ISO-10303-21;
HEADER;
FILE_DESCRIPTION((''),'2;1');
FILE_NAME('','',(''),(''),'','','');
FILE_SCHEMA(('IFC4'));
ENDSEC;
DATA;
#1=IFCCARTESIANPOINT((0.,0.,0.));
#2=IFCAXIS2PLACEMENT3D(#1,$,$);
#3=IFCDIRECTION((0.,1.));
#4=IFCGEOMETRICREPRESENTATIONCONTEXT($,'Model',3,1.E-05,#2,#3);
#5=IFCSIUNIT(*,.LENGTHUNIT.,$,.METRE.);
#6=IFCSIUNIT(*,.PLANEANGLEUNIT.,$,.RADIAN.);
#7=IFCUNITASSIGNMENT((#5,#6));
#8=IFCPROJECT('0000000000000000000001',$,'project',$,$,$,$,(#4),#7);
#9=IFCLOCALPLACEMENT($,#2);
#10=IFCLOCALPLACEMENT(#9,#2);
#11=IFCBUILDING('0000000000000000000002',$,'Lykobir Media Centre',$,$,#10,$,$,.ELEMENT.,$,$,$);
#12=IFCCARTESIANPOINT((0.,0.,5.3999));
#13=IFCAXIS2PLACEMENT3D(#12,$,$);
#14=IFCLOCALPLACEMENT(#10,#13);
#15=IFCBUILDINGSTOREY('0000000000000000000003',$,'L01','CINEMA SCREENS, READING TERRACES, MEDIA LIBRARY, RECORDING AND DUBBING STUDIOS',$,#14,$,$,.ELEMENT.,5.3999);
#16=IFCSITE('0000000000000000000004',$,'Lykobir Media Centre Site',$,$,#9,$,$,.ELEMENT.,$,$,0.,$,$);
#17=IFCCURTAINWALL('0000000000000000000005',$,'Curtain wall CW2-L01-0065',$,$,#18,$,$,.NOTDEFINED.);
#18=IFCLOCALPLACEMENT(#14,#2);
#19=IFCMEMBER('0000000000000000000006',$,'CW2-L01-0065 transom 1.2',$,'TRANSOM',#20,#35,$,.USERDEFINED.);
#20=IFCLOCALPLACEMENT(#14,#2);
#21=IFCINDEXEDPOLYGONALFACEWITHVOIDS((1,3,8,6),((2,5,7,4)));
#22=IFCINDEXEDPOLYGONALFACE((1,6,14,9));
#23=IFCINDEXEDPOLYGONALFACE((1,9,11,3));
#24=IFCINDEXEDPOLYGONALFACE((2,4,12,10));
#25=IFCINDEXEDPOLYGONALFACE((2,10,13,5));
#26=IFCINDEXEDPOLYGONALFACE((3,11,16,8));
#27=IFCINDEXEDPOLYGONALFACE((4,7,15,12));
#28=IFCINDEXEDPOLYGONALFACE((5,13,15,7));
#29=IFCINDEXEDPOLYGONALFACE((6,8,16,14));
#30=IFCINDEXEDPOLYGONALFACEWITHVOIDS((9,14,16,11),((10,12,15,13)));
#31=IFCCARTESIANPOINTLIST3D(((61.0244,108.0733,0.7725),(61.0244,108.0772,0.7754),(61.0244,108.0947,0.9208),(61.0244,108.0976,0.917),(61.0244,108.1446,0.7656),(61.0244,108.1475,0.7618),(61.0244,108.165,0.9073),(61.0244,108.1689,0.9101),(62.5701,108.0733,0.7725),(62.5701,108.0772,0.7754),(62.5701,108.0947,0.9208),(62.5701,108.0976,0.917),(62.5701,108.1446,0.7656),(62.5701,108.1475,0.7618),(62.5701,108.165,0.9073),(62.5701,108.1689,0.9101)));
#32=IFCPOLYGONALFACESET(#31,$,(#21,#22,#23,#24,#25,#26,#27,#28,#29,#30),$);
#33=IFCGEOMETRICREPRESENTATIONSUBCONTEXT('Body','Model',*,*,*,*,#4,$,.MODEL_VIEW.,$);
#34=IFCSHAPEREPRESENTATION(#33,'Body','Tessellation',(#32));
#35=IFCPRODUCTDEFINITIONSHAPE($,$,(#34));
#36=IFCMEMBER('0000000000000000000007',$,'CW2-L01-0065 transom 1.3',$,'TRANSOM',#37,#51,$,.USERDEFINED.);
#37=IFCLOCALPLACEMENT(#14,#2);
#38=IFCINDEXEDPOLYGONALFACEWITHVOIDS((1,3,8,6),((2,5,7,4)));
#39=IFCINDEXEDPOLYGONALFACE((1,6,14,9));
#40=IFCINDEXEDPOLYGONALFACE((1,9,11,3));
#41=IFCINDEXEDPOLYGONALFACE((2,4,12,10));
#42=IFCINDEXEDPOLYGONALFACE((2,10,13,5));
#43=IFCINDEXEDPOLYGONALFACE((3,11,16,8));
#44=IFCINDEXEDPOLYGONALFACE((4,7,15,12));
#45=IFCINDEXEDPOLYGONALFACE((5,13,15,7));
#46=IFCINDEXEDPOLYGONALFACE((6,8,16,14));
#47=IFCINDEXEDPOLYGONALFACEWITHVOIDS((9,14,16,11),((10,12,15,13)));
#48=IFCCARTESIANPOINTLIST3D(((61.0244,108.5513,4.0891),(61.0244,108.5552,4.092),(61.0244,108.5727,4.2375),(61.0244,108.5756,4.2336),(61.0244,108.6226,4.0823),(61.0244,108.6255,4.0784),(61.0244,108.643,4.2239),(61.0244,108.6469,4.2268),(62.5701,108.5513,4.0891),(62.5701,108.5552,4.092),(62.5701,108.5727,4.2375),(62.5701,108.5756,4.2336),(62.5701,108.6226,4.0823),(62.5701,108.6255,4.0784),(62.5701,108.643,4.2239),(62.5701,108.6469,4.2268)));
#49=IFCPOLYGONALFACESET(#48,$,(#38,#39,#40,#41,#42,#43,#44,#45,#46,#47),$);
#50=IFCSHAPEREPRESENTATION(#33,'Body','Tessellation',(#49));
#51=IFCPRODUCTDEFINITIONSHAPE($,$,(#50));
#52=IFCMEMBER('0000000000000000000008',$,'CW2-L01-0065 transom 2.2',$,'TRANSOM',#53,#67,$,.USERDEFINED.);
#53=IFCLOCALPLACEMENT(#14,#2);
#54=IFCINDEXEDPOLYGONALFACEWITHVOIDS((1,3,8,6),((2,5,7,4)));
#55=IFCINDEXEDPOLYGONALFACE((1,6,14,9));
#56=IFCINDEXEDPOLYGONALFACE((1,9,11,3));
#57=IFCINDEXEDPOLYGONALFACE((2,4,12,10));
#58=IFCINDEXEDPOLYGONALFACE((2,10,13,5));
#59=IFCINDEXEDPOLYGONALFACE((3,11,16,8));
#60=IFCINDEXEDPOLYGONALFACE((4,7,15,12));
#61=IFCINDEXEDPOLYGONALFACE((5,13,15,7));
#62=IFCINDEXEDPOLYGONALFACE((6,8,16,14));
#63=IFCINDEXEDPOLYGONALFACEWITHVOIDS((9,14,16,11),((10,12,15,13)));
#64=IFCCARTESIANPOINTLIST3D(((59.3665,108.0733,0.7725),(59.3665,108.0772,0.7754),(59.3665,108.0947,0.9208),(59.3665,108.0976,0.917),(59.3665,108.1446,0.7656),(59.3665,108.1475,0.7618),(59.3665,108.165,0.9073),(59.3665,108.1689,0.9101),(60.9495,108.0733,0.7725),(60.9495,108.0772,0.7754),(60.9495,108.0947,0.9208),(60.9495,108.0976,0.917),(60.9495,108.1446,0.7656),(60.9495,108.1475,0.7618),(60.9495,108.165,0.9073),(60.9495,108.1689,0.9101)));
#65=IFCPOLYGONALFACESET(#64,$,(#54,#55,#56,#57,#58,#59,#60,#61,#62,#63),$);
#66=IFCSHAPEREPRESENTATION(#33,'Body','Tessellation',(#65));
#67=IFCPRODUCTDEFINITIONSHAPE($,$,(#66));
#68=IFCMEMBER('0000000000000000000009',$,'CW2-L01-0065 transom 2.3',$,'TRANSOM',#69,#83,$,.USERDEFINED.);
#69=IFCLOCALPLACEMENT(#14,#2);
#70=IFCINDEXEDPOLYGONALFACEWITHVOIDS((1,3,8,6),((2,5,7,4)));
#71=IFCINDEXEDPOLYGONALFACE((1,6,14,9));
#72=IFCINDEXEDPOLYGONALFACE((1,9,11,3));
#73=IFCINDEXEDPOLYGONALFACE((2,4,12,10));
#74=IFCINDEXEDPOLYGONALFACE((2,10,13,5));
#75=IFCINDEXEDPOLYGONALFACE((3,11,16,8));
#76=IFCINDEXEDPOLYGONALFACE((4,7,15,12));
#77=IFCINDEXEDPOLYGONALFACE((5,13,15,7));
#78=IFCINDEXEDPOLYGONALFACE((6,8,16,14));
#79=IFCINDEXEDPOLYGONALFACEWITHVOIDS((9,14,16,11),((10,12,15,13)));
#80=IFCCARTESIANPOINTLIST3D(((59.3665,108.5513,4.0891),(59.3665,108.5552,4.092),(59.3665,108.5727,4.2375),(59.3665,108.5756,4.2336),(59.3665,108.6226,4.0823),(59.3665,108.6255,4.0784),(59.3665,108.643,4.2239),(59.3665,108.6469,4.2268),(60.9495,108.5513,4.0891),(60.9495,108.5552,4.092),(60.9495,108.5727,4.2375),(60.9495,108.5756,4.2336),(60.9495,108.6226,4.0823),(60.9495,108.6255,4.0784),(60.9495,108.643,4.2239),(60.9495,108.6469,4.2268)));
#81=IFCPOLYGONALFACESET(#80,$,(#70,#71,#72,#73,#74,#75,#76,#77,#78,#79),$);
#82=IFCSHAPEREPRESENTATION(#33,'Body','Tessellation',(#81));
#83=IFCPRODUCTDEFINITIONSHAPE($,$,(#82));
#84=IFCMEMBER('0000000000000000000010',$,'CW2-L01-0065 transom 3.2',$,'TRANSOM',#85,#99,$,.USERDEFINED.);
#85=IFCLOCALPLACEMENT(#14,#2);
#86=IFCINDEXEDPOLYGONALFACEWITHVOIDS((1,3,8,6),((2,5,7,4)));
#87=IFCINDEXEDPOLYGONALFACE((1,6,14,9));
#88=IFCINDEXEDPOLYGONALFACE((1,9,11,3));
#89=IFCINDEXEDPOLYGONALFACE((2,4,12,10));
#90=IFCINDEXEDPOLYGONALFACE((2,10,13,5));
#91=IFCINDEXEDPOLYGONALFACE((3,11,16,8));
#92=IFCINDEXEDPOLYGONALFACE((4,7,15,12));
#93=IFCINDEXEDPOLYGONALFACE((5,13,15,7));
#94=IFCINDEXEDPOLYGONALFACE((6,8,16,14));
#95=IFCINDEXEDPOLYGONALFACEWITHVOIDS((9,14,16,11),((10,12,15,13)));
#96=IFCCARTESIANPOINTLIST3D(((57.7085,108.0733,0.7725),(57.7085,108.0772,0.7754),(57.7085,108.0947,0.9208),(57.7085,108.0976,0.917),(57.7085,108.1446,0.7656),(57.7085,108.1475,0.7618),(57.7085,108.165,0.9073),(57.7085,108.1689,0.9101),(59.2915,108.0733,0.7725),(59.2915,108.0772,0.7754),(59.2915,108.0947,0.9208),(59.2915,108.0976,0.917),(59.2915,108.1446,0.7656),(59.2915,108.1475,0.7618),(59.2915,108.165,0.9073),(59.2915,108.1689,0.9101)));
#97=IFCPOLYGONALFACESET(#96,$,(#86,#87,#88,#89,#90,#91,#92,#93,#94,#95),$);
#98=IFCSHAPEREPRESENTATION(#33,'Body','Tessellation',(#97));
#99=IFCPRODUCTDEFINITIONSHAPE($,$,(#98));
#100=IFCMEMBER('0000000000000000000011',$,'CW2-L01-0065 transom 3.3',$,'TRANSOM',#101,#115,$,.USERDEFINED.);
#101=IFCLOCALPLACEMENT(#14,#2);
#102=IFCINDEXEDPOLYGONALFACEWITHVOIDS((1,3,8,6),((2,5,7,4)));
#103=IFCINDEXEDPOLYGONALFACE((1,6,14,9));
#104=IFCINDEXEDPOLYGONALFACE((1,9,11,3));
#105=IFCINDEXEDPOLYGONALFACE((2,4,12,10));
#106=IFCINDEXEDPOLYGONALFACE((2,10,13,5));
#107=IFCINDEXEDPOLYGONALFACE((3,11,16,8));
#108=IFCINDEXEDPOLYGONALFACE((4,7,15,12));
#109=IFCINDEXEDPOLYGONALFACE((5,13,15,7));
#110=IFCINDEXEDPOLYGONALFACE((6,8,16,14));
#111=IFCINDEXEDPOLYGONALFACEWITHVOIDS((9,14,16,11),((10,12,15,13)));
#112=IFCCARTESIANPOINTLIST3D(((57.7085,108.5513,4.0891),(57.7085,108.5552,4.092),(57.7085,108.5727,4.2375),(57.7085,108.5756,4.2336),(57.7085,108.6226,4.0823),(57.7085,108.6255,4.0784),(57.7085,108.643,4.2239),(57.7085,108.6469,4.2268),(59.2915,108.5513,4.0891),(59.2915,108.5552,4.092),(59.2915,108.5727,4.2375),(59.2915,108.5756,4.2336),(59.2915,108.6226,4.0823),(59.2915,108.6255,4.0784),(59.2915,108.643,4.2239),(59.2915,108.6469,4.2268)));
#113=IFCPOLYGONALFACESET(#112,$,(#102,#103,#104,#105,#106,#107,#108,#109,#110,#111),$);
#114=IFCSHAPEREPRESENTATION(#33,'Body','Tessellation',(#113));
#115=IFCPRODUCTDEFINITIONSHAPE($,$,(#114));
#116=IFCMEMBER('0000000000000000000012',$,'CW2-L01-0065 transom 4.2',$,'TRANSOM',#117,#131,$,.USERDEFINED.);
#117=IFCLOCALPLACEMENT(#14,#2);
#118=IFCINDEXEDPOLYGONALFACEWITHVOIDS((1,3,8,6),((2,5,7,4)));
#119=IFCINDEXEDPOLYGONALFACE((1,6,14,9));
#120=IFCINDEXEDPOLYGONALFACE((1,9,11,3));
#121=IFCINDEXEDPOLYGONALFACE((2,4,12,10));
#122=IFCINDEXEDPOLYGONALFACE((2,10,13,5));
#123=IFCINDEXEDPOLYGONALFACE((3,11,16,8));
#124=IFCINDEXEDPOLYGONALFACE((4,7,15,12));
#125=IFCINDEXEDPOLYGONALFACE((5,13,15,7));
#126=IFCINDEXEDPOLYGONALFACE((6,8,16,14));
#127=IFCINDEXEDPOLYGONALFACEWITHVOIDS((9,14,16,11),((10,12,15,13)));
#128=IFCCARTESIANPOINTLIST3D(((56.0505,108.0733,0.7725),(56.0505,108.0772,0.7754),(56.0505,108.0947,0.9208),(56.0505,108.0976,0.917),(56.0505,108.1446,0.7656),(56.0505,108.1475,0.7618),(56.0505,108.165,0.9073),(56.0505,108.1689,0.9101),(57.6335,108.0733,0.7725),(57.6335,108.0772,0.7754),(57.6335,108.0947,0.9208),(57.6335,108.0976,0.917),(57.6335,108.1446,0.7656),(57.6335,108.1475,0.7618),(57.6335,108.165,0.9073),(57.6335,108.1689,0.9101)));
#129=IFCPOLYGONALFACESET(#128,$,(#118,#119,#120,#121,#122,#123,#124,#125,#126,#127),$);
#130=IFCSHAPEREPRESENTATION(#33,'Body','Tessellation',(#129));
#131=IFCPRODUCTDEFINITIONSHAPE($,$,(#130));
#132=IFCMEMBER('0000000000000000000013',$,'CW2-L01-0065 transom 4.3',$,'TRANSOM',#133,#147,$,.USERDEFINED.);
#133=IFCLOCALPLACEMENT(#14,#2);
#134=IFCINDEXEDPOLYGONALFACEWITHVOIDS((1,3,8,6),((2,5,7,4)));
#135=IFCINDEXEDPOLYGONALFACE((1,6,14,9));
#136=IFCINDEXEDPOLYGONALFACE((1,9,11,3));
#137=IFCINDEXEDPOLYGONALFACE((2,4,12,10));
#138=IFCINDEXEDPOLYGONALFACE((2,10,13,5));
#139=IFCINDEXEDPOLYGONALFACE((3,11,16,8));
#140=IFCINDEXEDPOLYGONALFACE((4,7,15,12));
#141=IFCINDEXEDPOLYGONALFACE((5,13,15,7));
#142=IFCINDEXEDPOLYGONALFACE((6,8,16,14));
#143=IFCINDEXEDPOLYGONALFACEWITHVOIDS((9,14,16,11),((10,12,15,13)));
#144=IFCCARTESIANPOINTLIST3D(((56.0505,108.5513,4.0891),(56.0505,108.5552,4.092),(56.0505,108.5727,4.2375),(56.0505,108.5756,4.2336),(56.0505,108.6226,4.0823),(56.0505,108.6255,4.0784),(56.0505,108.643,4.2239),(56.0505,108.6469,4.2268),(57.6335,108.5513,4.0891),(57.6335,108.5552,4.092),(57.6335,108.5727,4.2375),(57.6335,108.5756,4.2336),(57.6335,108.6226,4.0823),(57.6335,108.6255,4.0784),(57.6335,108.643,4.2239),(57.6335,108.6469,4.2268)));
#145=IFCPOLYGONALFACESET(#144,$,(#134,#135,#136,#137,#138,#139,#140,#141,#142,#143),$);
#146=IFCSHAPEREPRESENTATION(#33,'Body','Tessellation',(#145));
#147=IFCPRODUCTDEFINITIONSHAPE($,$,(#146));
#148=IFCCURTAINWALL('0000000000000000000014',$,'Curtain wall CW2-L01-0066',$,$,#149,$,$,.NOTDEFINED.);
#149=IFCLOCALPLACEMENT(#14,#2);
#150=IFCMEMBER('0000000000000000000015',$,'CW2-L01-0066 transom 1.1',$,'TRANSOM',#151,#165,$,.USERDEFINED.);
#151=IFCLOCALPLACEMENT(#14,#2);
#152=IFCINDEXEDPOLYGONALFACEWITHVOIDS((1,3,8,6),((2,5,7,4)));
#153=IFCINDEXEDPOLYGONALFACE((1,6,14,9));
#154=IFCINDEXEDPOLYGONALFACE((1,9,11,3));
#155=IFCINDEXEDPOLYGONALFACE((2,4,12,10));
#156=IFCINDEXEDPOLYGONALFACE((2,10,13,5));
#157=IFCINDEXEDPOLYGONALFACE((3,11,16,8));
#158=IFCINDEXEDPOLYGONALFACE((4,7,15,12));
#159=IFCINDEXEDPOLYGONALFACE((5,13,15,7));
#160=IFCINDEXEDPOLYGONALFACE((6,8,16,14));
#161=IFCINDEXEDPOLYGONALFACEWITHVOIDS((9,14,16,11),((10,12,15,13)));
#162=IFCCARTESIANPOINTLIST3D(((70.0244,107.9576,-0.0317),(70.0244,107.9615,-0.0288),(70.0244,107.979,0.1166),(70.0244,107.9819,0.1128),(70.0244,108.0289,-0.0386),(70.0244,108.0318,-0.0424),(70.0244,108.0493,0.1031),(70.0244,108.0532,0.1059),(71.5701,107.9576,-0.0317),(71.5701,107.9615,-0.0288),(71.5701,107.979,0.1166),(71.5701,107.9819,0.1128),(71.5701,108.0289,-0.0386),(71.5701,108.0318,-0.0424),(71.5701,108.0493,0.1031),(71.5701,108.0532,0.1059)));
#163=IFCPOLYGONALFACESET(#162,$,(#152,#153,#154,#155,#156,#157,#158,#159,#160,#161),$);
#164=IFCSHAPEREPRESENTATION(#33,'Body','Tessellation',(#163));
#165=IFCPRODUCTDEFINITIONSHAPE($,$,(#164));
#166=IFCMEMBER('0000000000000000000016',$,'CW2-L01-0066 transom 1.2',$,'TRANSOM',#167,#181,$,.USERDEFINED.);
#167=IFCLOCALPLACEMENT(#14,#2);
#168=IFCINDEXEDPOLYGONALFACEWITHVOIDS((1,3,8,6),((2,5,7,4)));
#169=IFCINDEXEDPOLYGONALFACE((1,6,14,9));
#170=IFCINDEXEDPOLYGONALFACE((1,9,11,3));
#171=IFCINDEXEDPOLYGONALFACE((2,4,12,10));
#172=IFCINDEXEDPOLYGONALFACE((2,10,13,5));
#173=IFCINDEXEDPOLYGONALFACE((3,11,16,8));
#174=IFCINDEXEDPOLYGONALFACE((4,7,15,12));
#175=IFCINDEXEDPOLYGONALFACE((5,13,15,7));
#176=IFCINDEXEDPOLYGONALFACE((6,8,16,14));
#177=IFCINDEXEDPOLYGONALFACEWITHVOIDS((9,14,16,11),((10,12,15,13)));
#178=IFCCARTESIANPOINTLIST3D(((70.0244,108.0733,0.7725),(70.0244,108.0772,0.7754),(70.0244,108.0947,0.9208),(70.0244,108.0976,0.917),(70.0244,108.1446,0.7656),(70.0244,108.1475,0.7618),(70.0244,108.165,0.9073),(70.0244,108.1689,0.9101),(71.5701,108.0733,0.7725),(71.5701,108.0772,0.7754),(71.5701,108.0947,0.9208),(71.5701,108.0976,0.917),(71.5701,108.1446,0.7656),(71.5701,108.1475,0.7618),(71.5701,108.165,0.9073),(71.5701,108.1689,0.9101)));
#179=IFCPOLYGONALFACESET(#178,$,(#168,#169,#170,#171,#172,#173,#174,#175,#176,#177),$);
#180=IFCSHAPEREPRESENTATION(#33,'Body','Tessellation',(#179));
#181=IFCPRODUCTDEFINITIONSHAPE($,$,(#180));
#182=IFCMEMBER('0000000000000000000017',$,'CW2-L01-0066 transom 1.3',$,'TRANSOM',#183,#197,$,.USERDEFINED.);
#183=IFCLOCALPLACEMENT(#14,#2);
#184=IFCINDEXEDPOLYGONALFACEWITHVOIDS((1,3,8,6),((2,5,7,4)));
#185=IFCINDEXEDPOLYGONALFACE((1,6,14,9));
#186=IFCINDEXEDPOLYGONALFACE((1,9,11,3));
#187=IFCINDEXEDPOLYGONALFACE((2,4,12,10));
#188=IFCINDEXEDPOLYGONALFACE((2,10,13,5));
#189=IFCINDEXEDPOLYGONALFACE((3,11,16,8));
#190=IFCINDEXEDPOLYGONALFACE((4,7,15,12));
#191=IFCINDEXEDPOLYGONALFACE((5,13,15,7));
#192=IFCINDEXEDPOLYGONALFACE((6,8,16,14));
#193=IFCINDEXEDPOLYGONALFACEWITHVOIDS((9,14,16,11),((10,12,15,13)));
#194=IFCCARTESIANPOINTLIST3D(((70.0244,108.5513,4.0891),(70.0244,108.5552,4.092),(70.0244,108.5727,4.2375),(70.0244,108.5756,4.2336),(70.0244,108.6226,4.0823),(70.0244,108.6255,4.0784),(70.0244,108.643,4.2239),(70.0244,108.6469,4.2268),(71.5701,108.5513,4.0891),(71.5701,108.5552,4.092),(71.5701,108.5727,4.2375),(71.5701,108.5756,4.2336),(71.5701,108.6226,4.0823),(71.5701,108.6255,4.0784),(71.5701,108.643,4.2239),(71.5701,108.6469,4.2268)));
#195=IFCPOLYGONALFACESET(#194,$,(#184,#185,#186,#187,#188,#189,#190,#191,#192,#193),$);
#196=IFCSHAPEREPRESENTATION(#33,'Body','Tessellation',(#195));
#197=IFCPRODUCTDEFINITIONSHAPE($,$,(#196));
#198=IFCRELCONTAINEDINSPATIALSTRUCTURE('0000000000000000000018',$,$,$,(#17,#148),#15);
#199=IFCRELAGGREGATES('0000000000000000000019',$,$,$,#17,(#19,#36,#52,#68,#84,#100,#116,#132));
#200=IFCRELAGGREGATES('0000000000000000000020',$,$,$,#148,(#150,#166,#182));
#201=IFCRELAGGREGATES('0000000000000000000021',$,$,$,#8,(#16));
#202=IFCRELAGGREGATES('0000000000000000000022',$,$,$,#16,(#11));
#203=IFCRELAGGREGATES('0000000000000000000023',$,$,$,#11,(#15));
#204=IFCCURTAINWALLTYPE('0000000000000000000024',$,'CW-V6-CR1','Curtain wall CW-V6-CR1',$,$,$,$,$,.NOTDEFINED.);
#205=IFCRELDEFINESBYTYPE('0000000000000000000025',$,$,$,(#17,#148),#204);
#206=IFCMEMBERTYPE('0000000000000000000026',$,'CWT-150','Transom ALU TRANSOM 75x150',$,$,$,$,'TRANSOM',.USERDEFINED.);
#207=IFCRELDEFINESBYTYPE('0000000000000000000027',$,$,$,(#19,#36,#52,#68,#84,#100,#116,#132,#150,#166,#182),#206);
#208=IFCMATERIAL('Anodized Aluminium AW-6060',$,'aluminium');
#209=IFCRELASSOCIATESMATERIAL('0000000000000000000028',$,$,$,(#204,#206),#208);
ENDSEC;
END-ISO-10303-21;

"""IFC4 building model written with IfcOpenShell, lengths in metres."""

from ifc_helpers import new_model, si_unit, direction, frame, origin, origin_2d, place, context, subcontext, project, spatial, hollow_rectangle, extrude, material, material_profile, profile_set, type_object, element, aggregate, save


model = new_model("IFC4")

# Units and contexts
model_context = context("Model", 3, precision=1e-05, world=origin(), true_north=direction((0.0, 1.0)))
body_context = subcontext(model_context, "Body", "Model", "MODEL_VIEW")
ifc_project = project(units=[si_unit("LENGTHUNIT", "METRE"), si_unit("PLANEANGLEUNIT", "RADIAN")], contexts=[model_context])

# Site, building, storey
site_placement = place(None, origin())
site = spatial("IfcSite", under=ifc_project, at=site_placement, Name="Lykobir Media Centre Site", CompositionType="ELEMENT", RefElevation=0.0)
building_placement = place(site_placement, origin())
building = spatial("IfcBuilding", under=site, at=building_placement, Name="Lykobir Media Centre", CompositionType="ELEMENT")
storey_placement = place(building_placement, frame((0.0, 0.0, 5.3999)))
storey = spatial("IfcBuildingStorey", under=building, at=storey_placement, Name="L01", Description="CINEMA SCREENS, READING TERRACES, MEDIA LIBRARY, RECORDING AND DUBBING STUDIOS", CompositionType="ELEMENT", Elevation=5.3999)

# Curtain walls, members
ifc_material_1 = material(Name="Anodized Aluminium AW-6060", Category="aluminium")
curtain_wall_type = type_object("IfcCurtainWallType", Name="CW-V6-CR1", Description="Curtain wall CW-V6-CR1", PredefinedType="NOTDEFINED", material=ifc_material_1)
curtain_wall_1_placement = place(storey_placement, origin())
curtain_wall_1 = element("IfcCurtainWall", 1, at=curtain_wall_1_placement, inside=storey, type_object=curtain_wall_type, Name="Curtain wall CW2-L01-0065", PredefinedType="NOTDEFINED")
ifc_material_profile = material_profile(ifc_material_1, hollow_rectangle(XDim=0.075, YDim=0.1499, WallThickness=0.0034, at=origin_2d()), Name="ALU TRANSOM 75x150")
ifc_profile_set = profile_set([ifc_material_profile], Name="Anodized Aluminium AW-6060")
member_type = type_object("IfcMemberType", Name="CWT-150", Description="Transom ALU TRANSOM 75x150", ElementType="TRANSOM", PredefinedType="USERDEFINED", material=ifc_profile_set)
member_1_placement = place(storey_placement, frame((62.5701, 108.1211, 0.8413), z_axis=(-1.0, 0.0, 0.0), x_axis=(0.0, -0.989776, 0.142629)))
member_1 = element("IfcMember", 2, at=member_1_placement, type_object=member_type, Name="CW2-L01-0065 transom 1.2", ObjectType="TRANSOM", PredefinedType="USERDEFINED", context=body_context, shape_type="SweptSolid", body=[
    extrude(hollow_rectangle(XDim=0.075, YDim=0.1499, WallThickness=0.0034, at=origin_2d()), origin(), (0.0, 0.0, 1.0), 1.5457),
])
member_2_placement = place(storey_placement, frame((62.5701, 108.5991, 4.158), z_axis=(-1.0, 0.0, 0.0), x_axis=(0.0, -0.989776, 0.142629)))
member_2 = element("IfcMember", 3, at=member_2_placement, type_object=member_type, Name="CW2-L01-0065 transom 1.3", ObjectType="TRANSOM", PredefinedType="USERDEFINED", context=body_context, shape_type="SweptSolid", body=[
    extrude(hollow_rectangle(XDim=0.075, YDim=0.1499, WallThickness=0.0034, at=origin_2d()), origin(), (0.0, 0.0, 1.0), 1.5457),
])
member_3_placement = place(storey_placement, frame((60.9495, 108.1211, 0.8413), z_axis=(-1.0, 0.0, 0.0), x_axis=(0.0, -0.989776, 0.142629)))
member_3 = element("IfcMember", 4, at=member_3_placement, type_object=member_type, Name="CW2-L01-0065 transom 2.2", ObjectType="TRANSOM", PredefinedType="USERDEFINED", context=body_context, shape_type="SweptSolid", body=[
    extrude(hollow_rectangle(XDim=0.075, YDim=0.1499, WallThickness=0.0034, at=origin_2d()), origin(), (0.0, 0.0, 1.0), 1.583),
])
member_4_placement = place(storey_placement, frame((60.9495, 108.5991, 4.158), z_axis=(-1.0, 0.0, 0.0), x_axis=(0.0, -0.989776, 0.142629)))
member_4 = element("IfcMember", 5, at=member_4_placement, type_object=member_type, Name="CW2-L01-0065 transom 2.3", ObjectType="TRANSOM", PredefinedType="USERDEFINED", context=body_context, shape_type="SweptSolid", body=[
    extrude(hollow_rectangle(XDim=0.075, YDim=0.1499, WallThickness=0.0034, at=origin_2d()), origin(), (0.0, 0.0, 1.0), 1.583),
])
member_5_placement = place(storey_placement, frame((59.2915, 108.1211, 0.8413), z_axis=(-1.0, 0.0, 0.0), x_axis=(0.0, -0.989776, 0.142629)))
member_5 = element("IfcMember", 6, at=member_5_placement, type_object=member_type, Name="CW2-L01-0065 transom 3.2", ObjectType="TRANSOM", PredefinedType="USERDEFINED", context=body_context, shape_type="SweptSolid", body=[
    extrude(hollow_rectangle(XDim=0.075, YDim=0.1499, WallThickness=0.0034, at=origin_2d()), origin(), (0.0, 0.0, 1.0), 1.583),
])
member_6_placement = place(storey_placement, frame((59.2915, 108.5991, 4.158), z_axis=(-1.0, 0.0, 0.0), x_axis=(0.0, -0.989776, 0.142629)))
member_6 = element("IfcMember", 7, at=member_6_placement, type_object=member_type, Name="CW2-L01-0065 transom 3.3", ObjectType="TRANSOM", PredefinedType="USERDEFINED", context=body_context, shape_type="SweptSolid", body=[
    extrude(hollow_rectangle(XDim=0.075, YDim=0.1499, WallThickness=0.0034, at=origin_2d()), origin(), (0.0, 0.0, 1.0), 1.583),
])
member_7_placement = place(storey_placement, frame((57.6335, 108.1211, 0.8413), z_axis=(-1.0, 0.0, 0.0), x_axis=(0.0, -0.989776, 0.142629)))
member_7 = element("IfcMember", 8, at=member_7_placement, type_object=member_type, Name="CW2-L01-0065 transom 4.2", ObjectType="TRANSOM", PredefinedType="USERDEFINED", context=body_context, shape_type="SweptSolid", body=[
    extrude(hollow_rectangle(XDim=0.075, YDim=0.1499, WallThickness=0.0034, at=origin_2d()), origin(), (0.0, 0.0, 1.0), 1.583),
])
member_8_placement = place(storey_placement, frame((57.6335, 108.5991, 4.158), z_axis=(-1.0, 0.0, 0.0), x_axis=(0.0, -0.989776, 0.142629)))
member_8 = element("IfcMember", 9, at=member_8_placement, type_object=member_type, Name="CW2-L01-0065 transom 4.3", ObjectType="TRANSOM", PredefinedType="USERDEFINED", context=body_context, shape_type="SweptSolid", body=[
    extrude(hollow_rectangle(XDim=0.075, YDim=0.1499, WallThickness=0.0034, at=origin_2d()), origin(), (0.0, 0.0, 1.0), 1.583),
])
curtain_wall_2_placement = place(storey_placement, origin())
curtain_wall_2 = element("IfcCurtainWall", 10, at=curtain_wall_2_placement, inside=storey, type_object=curtain_wall_type, Name="Curtain wall CW2-L01-0066", PredefinedType="NOTDEFINED")
member_9_placement = place(storey_placement, frame((71.5701, 108.0054, 0.0371), z_axis=(-1.0, 0.0, 0.0), x_axis=(0.0, -0.989776, 0.142629)))
member_9 = element("IfcMember", 11, at=member_9_placement, type_object=member_type, Name="CW2-L01-0066 transom 1.1", ObjectType="TRANSOM", PredefinedType="USERDEFINED", context=body_context, shape_type="SweptSolid", body=[
    extrude(hollow_rectangle(XDim=0.075, YDim=0.1499, WallThickness=0.0034, at=origin_2d()), origin(), (0.0, 0.0, 1.0), 1.5457),
])
member_10_placement = place(storey_placement, frame((71.5701, 108.1211, 0.8413), z_axis=(-1.0, 0.0, 0.0), x_axis=(0.0, -0.989776, 0.142629)))
member_10 = element("IfcMember", 12, at=member_10_placement, type_object=member_type, Name="CW2-L01-0066 transom 1.2", ObjectType="TRANSOM", PredefinedType="USERDEFINED", context=body_context, shape_type="SweptSolid", body=[
    extrude(hollow_rectangle(XDim=0.075, YDim=0.1499, WallThickness=0.0034, at=origin_2d()), origin(), (0.0, 0.0, 1.0), 1.5457),
])
member_11_placement = place(storey_placement, frame((71.5701, 108.5991, 4.158), z_axis=(-1.0, 0.0, 0.0), x_axis=(0.0, -0.989776, 0.142629)))
member_11 = element("IfcMember", 13, at=member_11_placement, type_object=member_type, Name="CW2-L01-0066 transom 1.3", ObjectType="TRANSOM", PredefinedType="USERDEFINED", context=body_context, shape_type="SweptSolid", body=[
    extrude(hollow_rectangle(XDim=0.075, YDim=0.1499, WallThickness=0.0034, at=origin_2d()), origin(), (0.0, 0.0, 1.0), 1.5457),
])

aggregate(curtain_wall_1, [member_1, member_2, member_3, member_4, member_5, member_6, member_7, member_8])
aggregate(curtain_wall_2, [member_9, member_10, member_11])

save(model, "model.ifc")
